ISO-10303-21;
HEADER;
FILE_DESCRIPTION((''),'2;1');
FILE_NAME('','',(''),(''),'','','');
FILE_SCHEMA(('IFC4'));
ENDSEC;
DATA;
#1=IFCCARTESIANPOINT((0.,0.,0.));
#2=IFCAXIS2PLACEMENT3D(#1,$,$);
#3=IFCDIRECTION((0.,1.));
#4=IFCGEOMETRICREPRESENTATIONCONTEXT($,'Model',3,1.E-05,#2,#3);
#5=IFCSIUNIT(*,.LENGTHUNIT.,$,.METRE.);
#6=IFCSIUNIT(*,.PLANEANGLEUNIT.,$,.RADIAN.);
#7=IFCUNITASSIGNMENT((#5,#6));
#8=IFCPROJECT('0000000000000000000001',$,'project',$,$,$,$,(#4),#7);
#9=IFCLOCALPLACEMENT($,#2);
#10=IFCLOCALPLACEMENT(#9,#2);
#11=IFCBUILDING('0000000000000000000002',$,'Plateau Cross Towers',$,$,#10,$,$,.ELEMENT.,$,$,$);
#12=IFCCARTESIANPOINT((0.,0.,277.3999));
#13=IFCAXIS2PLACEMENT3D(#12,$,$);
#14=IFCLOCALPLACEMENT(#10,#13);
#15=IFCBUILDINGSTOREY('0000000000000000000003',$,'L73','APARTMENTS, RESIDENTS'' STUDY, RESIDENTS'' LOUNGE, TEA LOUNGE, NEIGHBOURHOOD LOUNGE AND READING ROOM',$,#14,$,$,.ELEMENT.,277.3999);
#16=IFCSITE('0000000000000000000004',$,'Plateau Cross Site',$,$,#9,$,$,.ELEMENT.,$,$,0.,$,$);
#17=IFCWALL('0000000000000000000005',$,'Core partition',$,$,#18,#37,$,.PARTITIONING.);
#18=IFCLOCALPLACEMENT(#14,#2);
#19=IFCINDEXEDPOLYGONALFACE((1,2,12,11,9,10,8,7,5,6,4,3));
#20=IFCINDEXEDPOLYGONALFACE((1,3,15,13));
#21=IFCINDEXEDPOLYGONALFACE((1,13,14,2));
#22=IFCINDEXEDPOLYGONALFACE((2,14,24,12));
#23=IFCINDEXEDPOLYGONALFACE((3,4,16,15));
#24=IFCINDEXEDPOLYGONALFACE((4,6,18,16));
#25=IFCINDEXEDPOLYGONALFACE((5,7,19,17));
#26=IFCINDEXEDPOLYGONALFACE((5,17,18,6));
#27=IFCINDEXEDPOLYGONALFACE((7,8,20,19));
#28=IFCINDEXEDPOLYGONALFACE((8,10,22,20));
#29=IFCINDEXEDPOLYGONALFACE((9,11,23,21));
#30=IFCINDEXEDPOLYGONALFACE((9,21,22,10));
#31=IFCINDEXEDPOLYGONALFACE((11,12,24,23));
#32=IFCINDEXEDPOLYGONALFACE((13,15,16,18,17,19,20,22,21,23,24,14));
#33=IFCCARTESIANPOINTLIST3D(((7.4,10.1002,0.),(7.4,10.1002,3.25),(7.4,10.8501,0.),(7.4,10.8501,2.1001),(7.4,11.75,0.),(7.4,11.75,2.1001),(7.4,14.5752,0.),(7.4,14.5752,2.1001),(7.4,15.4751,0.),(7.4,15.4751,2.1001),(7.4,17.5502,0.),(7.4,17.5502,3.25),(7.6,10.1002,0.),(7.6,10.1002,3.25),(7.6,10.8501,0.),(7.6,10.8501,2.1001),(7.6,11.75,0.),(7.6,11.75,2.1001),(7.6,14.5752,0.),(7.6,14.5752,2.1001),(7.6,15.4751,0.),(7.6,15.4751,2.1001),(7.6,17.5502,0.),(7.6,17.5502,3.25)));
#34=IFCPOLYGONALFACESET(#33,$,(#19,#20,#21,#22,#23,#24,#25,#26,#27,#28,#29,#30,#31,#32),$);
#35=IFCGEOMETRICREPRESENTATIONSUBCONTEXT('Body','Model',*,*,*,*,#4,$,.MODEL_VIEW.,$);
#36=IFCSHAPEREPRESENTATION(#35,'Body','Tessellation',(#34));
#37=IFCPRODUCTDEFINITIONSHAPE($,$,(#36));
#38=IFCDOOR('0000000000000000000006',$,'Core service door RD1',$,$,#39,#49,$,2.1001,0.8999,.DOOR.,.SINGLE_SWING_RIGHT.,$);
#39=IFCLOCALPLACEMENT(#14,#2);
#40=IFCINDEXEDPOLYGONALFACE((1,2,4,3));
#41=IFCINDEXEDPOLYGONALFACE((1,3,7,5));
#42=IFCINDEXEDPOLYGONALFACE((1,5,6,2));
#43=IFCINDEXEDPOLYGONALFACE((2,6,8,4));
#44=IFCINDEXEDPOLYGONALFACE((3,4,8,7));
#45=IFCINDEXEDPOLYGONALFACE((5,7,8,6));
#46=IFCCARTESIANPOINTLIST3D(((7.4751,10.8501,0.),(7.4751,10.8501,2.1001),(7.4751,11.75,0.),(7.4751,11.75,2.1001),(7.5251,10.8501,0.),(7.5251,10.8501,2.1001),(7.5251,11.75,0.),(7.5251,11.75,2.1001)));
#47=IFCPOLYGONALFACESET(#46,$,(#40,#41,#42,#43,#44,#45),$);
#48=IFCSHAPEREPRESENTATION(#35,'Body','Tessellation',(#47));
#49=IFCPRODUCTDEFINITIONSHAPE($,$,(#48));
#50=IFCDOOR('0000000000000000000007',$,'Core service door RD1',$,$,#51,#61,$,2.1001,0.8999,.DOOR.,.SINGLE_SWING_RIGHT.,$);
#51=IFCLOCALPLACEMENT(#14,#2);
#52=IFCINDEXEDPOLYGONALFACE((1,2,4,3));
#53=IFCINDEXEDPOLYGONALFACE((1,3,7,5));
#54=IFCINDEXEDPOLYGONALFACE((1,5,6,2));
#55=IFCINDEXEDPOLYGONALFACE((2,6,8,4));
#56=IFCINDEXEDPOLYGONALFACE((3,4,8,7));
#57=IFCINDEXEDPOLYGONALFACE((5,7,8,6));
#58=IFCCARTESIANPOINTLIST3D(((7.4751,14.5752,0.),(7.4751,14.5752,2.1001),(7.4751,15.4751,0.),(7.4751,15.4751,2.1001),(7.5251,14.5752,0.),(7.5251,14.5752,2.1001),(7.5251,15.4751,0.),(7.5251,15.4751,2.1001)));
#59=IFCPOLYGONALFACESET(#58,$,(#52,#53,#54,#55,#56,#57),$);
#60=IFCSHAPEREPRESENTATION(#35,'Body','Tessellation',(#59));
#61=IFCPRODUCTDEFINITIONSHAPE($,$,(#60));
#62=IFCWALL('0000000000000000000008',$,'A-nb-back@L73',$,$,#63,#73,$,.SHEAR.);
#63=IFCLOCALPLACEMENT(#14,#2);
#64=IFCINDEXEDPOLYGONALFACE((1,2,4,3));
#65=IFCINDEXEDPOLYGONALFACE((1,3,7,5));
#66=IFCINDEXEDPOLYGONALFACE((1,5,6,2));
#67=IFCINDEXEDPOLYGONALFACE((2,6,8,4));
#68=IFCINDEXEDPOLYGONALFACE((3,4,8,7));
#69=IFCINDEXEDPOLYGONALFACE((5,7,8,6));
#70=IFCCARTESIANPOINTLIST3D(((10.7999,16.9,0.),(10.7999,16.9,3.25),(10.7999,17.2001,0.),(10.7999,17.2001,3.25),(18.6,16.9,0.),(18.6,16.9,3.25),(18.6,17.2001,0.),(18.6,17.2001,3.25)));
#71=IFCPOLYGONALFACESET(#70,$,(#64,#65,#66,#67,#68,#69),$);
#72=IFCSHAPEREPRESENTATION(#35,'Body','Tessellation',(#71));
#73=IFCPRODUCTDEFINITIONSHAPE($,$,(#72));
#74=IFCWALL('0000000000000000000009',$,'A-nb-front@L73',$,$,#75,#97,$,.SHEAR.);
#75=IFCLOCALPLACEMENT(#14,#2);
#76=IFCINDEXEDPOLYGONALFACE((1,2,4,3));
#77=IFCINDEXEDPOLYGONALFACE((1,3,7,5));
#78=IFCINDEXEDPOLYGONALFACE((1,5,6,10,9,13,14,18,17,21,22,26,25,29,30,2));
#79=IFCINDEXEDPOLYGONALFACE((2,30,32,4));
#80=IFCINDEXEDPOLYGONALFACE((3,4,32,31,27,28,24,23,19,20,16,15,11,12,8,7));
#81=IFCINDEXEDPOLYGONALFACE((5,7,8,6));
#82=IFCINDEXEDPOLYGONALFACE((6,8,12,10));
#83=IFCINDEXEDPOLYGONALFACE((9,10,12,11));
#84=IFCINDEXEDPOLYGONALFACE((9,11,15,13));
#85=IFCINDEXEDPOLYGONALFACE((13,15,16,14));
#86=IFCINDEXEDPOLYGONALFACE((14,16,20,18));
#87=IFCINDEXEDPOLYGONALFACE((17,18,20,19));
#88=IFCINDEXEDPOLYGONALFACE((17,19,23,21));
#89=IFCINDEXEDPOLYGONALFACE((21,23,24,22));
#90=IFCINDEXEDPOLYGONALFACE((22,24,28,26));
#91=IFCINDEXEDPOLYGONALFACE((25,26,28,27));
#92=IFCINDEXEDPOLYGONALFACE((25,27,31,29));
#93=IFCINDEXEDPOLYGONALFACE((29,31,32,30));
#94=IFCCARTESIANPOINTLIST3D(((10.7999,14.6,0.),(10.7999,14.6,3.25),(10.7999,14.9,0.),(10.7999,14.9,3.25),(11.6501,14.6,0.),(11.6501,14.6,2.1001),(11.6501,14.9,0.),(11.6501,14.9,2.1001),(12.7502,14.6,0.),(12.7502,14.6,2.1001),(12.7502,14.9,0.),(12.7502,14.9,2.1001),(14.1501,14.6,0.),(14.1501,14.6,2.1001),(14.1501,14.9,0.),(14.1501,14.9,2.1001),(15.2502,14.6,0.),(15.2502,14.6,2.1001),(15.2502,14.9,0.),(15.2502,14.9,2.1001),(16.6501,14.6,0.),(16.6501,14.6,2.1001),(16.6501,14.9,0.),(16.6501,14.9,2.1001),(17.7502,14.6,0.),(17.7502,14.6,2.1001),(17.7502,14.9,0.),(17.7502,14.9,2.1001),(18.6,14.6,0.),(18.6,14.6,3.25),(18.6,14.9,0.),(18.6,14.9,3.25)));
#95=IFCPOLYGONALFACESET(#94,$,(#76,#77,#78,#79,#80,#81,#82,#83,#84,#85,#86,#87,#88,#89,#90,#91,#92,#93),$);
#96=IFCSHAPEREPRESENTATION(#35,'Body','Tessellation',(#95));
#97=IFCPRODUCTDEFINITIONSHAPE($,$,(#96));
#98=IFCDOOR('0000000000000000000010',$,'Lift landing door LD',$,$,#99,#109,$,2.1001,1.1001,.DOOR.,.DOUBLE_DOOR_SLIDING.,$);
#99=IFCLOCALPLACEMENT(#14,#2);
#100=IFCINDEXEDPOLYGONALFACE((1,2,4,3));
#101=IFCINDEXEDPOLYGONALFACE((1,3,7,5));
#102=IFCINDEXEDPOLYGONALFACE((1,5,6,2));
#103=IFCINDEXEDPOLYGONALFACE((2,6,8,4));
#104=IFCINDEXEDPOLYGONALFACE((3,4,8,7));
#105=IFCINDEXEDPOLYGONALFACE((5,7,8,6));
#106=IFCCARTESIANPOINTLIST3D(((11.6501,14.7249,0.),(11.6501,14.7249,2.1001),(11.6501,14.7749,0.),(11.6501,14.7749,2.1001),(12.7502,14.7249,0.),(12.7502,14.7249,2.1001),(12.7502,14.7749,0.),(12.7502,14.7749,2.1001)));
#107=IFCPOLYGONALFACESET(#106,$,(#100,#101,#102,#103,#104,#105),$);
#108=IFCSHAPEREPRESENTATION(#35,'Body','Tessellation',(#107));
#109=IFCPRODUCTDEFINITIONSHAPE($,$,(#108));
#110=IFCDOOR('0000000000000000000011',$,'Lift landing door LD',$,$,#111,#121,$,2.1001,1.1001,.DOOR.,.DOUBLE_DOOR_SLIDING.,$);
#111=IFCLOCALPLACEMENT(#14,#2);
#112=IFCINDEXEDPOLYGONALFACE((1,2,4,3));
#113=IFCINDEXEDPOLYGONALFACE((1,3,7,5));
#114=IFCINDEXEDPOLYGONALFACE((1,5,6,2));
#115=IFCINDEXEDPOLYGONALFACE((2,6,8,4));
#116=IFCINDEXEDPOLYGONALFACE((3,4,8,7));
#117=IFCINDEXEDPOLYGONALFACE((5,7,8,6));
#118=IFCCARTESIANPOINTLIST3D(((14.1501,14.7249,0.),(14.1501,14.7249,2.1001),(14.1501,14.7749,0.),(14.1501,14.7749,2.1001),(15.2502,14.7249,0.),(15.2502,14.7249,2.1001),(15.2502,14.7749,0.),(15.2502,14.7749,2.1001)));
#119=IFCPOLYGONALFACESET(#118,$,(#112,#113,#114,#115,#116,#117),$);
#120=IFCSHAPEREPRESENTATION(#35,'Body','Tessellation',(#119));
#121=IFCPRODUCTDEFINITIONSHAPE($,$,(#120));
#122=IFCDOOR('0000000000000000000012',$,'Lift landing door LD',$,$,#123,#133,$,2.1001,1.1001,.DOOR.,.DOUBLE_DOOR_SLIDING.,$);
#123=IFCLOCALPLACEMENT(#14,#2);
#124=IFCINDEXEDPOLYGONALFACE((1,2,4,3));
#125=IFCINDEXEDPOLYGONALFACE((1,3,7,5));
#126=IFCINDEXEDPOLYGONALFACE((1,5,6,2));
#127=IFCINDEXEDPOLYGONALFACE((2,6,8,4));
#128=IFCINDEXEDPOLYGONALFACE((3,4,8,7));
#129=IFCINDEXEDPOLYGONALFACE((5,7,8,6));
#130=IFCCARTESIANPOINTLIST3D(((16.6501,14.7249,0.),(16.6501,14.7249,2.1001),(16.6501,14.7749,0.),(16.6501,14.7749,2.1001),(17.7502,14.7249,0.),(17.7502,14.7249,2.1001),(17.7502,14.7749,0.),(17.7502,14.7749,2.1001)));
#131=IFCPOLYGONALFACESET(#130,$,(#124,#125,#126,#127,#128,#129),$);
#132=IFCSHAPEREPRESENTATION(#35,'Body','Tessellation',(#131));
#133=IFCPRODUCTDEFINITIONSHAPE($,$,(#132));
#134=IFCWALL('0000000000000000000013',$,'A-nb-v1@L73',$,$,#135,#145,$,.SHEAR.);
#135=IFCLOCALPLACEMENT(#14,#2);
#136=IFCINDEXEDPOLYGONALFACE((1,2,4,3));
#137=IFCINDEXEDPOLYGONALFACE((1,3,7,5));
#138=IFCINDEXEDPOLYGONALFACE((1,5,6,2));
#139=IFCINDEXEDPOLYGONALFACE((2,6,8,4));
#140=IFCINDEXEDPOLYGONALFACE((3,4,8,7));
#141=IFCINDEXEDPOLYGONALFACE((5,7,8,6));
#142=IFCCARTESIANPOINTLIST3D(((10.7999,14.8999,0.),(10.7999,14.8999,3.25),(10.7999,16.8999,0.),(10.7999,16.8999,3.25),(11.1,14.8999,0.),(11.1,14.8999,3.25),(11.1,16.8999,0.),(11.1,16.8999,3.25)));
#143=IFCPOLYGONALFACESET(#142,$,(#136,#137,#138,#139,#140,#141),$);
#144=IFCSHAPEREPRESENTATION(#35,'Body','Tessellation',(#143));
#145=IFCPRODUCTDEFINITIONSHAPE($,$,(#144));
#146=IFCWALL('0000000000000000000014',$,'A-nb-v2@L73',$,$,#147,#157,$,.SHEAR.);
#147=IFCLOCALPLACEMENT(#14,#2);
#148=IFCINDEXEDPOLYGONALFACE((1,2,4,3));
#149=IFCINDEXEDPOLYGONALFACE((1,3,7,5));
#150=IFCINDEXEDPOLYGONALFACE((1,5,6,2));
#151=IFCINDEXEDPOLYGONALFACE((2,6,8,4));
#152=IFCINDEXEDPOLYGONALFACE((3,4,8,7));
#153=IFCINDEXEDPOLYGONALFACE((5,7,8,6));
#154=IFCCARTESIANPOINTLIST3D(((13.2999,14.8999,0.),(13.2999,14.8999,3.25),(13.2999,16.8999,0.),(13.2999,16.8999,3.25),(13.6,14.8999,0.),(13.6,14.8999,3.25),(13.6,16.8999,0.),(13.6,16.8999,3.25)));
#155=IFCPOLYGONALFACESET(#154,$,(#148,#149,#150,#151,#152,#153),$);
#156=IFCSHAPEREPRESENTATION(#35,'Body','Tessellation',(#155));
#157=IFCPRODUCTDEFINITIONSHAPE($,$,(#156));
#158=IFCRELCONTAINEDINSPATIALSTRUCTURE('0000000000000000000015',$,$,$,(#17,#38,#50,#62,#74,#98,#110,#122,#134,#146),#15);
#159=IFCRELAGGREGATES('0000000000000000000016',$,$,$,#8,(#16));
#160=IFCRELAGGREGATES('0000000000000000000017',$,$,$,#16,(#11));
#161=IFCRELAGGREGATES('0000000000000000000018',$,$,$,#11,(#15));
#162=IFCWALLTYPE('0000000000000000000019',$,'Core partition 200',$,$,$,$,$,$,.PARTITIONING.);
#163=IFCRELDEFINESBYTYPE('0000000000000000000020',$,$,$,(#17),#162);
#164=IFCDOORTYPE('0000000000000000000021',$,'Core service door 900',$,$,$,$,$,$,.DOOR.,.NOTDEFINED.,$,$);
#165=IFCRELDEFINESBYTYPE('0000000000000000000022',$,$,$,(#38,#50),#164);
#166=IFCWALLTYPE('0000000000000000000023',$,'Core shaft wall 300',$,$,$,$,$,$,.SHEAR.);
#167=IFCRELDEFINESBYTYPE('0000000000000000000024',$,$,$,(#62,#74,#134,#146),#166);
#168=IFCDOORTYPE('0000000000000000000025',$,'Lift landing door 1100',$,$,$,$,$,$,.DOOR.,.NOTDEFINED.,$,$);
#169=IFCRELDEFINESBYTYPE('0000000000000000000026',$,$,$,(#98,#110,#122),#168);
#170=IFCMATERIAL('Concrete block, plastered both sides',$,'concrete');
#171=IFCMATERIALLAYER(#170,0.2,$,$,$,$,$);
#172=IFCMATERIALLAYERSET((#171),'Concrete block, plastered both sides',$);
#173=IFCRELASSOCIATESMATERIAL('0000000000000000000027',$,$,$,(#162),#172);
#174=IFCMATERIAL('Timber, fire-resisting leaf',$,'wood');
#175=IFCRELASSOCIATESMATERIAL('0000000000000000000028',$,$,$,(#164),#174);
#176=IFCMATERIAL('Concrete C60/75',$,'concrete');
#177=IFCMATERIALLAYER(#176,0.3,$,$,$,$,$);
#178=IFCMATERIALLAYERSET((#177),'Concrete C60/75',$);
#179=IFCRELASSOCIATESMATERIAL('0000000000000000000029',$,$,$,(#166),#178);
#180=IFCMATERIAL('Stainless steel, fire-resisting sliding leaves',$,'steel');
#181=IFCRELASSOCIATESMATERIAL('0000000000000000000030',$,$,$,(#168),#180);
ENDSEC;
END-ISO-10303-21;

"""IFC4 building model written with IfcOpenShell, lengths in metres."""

from ifc_helpers import new_model, si_unit, direction, frame, frame_2d, origin, place, context, subcontext, project, spatial, rectangle, extrude, material, layer, layer_set, type_object, element, fill, save


model = new_model("IFC4")

# Units and contexts
model_context = context("Model", 3, precision=1e-05, world=origin(), true_north=direction((0.0, 1.0)))
body_context = subcontext(model_context, "Body", "Model", "MODEL_VIEW")
ifc_project = project(units=[si_unit("LENGTHUNIT", "METRE"), si_unit("PLANEANGLEUNIT", "RADIAN")], contexts=[model_context])

# Site, building, storey
site_placement = place(None, origin())
site = spatial("IfcSite", under=ifc_project, at=site_placement, Name="Plateau Cross Site", CompositionType="ELEMENT", RefElevation=0.0)
building_placement = place(site_placement, origin())
building = spatial("IfcBuilding", under=site, at=building_placement, Name="Plateau Cross Towers", CompositionType="ELEMENT")
storey_placement = place(building_placement, frame((0.0, 0.0, 277.3999)))
storey = spatial("IfcBuildingStorey", under=building, at=storey_placement, Name="L73", Description="APARTMENTS, RESIDENTS' STUDY, RESIDENTS' LOUNGE, TEA LOUNGE, NEIGHBOURHOOD LOUNGE AND READING ROOM", CompositionType="ELEMENT", Elevation=277.3999)

# Shared definitions
ifc_material_1 = material(Name="Concrete block, plastered both sides", Category="concrete")
ifc_layer_1 = layer(ifc_material_1, 0.2)
ifc_layer_set_1 = layer_set([ifc_layer_1], Name="Concrete block, plastered both sides")
wall_type_1 = type_object("IfcWallType", Name="Core partition 200", PredefinedType="PARTITIONING", material=ifc_layer_set_1)

# Shared definitions
ifc_material_2 = material(Name="Timber, fire-resisting leaf", Category="wood")
door_type_1 = type_object("IfcDoorType", Name="Core service door 900", OperationType="NOTDEFINED", PredefinedType="DOOR", material=ifc_material_2)

# Wall, openings, doors
wall_1_placement = place(storey_placement, frame((7.5, 10.1001, 0.0), z_axis=(0.0, 0.0, 1.0), x_axis=(0.0, 1.0, 0.0)))
wall_1 = element("IfcWall", 1, at=wall_1_placement, inside=storey, type_object=wall_type_1, Name="Core partition", PredefinedType="PARTITIONING", context=body_context, shape_type="SweptSolid", body=[
    extrude(rectangle(XDim=7.45, YDim=0.2, at=frame_2d((3.7251, 0.0))), origin(), (0.0, 0.0, 1.0), 3.25),
])
opening_1_placement = place(wall_1_placement, frame((0.75, 0.0, 0.0)))
opening_1 = element("IfcOpeningElement", 2, at=opening_1_placement, cuts=wall_1, PredefinedType="OPENING", context=body_context, shape_type="SweptSolid", body=[
    extrude(rectangle(XDim=0.8999, YDim=2.1001, at=frame_2d((0.45, 1.05))), frame((0.0, 0.1099, 0.0), z_axis=(0.0, -1.0, 0.0), x_axis=(1.0, 0.0, 0.0)), (0.0, 0.0, 1.0), 0.22),
])
opening_2_placement = place(wall_1_placement, frame((4.4751, 0.0, 0.0)))
opening_2 = element("IfcOpeningElement", 3, at=opening_2_placement, cuts=wall_1, PredefinedType="OPENING", context=body_context, shape_type="SweptSolid", body=[
    extrude(rectangle(XDim=0.8999, YDim=2.1001, at=frame_2d((0.45, 1.05))), frame((0.0, 0.1099, 0.0), z_axis=(0.0, -1.0, 0.0), x_axis=(1.0, 0.0, 0.0)), (0.0, 0.0, 1.0), 0.22),
])
door_1_placement = place(opening_1_placement, origin())
door_1 = element("IfcDoor", 4, at=door_1_placement, inside=storey, type_object=door_type_1, Name="Core service door RD1", OperationType="SINGLE_SWING_RIGHT", OverallHeight=2.1001, OverallWidth=0.8999, PredefinedType="DOOR", context=body_context, shape_type="SweptSolid", body=[
    extrude(rectangle(XDim=0.8999, YDim=2.1001, at=frame_2d((0.45, 1.05))), frame((0.0, 0.0249, 0.0), z_axis=(0.0, -1.0, 0.0), x_axis=(1.0, 0.0, 0.0)), (0.0, 0.0, 1.0), 0.05),
])
fill(opening_1, door_1)
door_2_placement = place(opening_2_placement, origin())
door_2 = element("IfcDoor", 5, at=door_2_placement, inside=storey, type_object=door_type_1, Name="Core service door RD1", OperationType="SINGLE_SWING_RIGHT", OverallHeight=2.1001, OverallWidth=0.8999, PredefinedType="DOOR", context=body_context, shape_type="SweptSolid", body=[
    extrude(rectangle(XDim=0.8999, YDim=2.1001, at=frame_2d((0.45, 1.05))), frame((0.0, 0.0249, 0.0), z_axis=(0.0, -1.0, 0.0), x_axis=(1.0, 0.0, 0.0)), (0.0, 0.0, 1.0), 0.05),
])
fill(opening_2, door_2)

# Wall
ifc_material_3 = material(Name="Concrete C60/75", Category="concrete")
ifc_layer_2 = layer(ifc_material_3, 0.3)
ifc_layer_set_2 = layer_set([ifc_layer_2], Name="Concrete C60/75")
wall_type_2 = type_object("IfcWallType", Name="Core shaft wall 300", PredefinedType="SHEAR", material=ifc_layer_set_2)
wall_2_placement = place(storey_placement, frame((10.8, 17.05, 0.0), z_axis=(0.0, 0.0, 1.0), x_axis=(1.0, 0.0, 0.0)))
element("IfcWall", 6, at=wall_2_placement, inside=storey, type_object=wall_type_2, Name="A-nb-back@L73", PredefinedType="SHEAR", context=body_context, shape_type="SweptSolid", body=[
    extrude(rectangle(XDim=7.8, YDim=0.3, at=frame_2d((3.8999, 0.0))), origin(), (0.0, 0.0, 1.0), 3.25),
])

# Wall, openings, doors
wall_3_placement = place(storey_placement, frame((10.8, 14.75, 0.0), z_axis=(0.0, 0.0, 1.0), x_axis=(1.0, 0.0, 0.0)))
wall_3 = element("IfcWall", 7, at=wall_3_placement, inside=storey, type_object=wall_type_2, Name="A-nb-front@L73", PredefinedType="SHEAR", context=body_context, shape_type="SweptSolid", body=[
    extrude(rectangle(XDim=7.8, YDim=0.3, at=frame_2d((3.8999, 0.0))), origin(), (0.0, 0.0, 1.0), 3.25),
])
opening_3_placement = place(wall_3_placement, frame((0.8501, 0.0, 0.0)))
opening_3 = element("IfcOpeningElement", 8, at=opening_3_placement, cuts=wall_3, PredefinedType="OPENING", context=body_context, shape_type="SweptSolid", body=[
    extrude(rectangle(XDim=1.1001, YDim=2.1001, at=frame_2d((0.55, 1.05))), frame((0.0, 0.1599, 0.0), z_axis=(0.0, -1.0, 0.0), x_axis=(1.0, 0.0, 0.0)), (0.0, 0.0, 1.0), 0.3201),
])
opening_4_placement = place(wall_3_placement, frame((3.3501, 0.0, 0.0)))
opening_4 = element("IfcOpeningElement", 9, at=opening_4_placement, cuts=wall_3, PredefinedType="OPENING", context=body_context, shape_type="SweptSolid", body=[
    extrude(rectangle(XDim=1.1001, YDim=2.1001, at=frame_2d((0.55, 1.05))), frame((0.0, 0.1599, 0.0), z_axis=(0.0, -1.0, 0.0), x_axis=(1.0, 0.0, 0.0)), (0.0, 0.0, 1.0), 0.3201),
])
opening_5_placement = place(wall_3_placement, frame((5.8501, 0.0, 0.0)))
opening_5 = element("IfcOpeningElement", 10, at=opening_5_placement, cuts=wall_3, PredefinedType="OPENING", context=body_context, shape_type="SweptSolid", body=[
    extrude(rectangle(XDim=1.1001, YDim=2.1001, at=frame_2d((0.55, 1.05))), frame((0.0, 0.1599, 0.0), z_axis=(0.0, -1.0, 0.0), x_axis=(1.0, 0.0, 0.0)), (0.0, 0.0, 1.0), 0.3201),
])
ifc_material_4 = material(Name="Stainless steel, fire-resisting sliding leaves", Category="steel")
door_type_2 = type_object("IfcDoorType", Name="Lift landing door 1100", OperationType="NOTDEFINED", PredefinedType="DOOR", material=ifc_material_4)
door_3_placement = place(opening_3_placement, origin())
door_3 = element("IfcDoor", 11, at=door_3_placement, inside=storey, type_object=door_type_2, Name="Lift landing door LD", OperationType="DOUBLE_DOOR_SLIDING", OverallHeight=2.1001, OverallWidth=1.1001, PredefinedType="DOOR", context=body_context, shape_type="SweptSolid", body=[
    extrude(rectangle(XDim=1.1001, YDim=2.1001, at=frame_2d((0.55, 1.05))), frame((0.0, 0.0249, 0.0), z_axis=(0.0, -1.0, 0.0), x_axis=(1.0, 0.0, 0.0)), (0.0, 0.0, 1.0), 0.05),
])
fill(opening_3, door_3)
door_4_placement = place(opening_4_placement, origin())
door_4 = element("IfcDoor", 12, at=door_4_placement, inside=storey, type_object=door_type_2, Name="Lift landing door LD", OperationType="DOUBLE_DOOR_SLIDING", OverallHeight=2.1001, OverallWidth=1.1001, PredefinedType="DOOR", context=body_context, shape_type="SweptSolid", body=[
    extrude(rectangle(XDim=1.1001, YDim=2.1001, at=frame_2d((0.55, 1.05))), frame((0.0, 0.0249, 0.0), z_axis=(0.0, -1.0, 0.0), x_axis=(1.0, 0.0, 0.0)), (0.0, 0.0, 1.0), 0.05),
])
fill(opening_4, door_4)
door_5_placement = place(opening_5_placement, origin())
door_5 = element("IfcDoor", 13, at=door_5_placement, inside=storey, type_object=door_type_2, Name="Lift landing door LD", OperationType="DOUBLE_DOOR_SLIDING", OverallHeight=2.1001, OverallWidth=1.1001, PredefinedType="DOOR", context=body_context, shape_type="SweptSolid", body=[
    extrude(rectangle(XDim=1.1001, YDim=2.1001, at=frame_2d((0.55, 1.05))), frame((0.0, 0.0249, 0.0), z_axis=(0.0, -1.0, 0.0), x_axis=(1.0, 0.0, 0.0)), (0.0, 0.0, 1.0), 0.05),
])
fill(opening_5, door_5)

# Walls
for number, where, z_axis, x_axis, name in (
    (14, (10.95, 14.8999, 0.0), (0.0, 0.0, 1.0), (0.0, 1.0, 0.0), "A-nb-v1@L73"),
    (15, (13.45, 14.8999, 0.0), (0.0, 0.0, 1.0), (0.0, 1.0, 0.0), "A-nb-v2@L73"),
):
    element("IfcWall", number, at=place(storey_placement, frame(where, z_axis=z_axis, x_axis=x_axis)), inside=storey, type_object=wall_type_2, Name=name, PredefinedType="SHEAR", context=body_context, shape_type="SweptSolid", body=[
        extrude(rectangle(XDim=2.0, YDim=0.3, at=frame_2d((1.0, 0.0))), origin(), (0.0, 0.0, 1.0), 3.25),
    ])

save(model, "model.ifc")
